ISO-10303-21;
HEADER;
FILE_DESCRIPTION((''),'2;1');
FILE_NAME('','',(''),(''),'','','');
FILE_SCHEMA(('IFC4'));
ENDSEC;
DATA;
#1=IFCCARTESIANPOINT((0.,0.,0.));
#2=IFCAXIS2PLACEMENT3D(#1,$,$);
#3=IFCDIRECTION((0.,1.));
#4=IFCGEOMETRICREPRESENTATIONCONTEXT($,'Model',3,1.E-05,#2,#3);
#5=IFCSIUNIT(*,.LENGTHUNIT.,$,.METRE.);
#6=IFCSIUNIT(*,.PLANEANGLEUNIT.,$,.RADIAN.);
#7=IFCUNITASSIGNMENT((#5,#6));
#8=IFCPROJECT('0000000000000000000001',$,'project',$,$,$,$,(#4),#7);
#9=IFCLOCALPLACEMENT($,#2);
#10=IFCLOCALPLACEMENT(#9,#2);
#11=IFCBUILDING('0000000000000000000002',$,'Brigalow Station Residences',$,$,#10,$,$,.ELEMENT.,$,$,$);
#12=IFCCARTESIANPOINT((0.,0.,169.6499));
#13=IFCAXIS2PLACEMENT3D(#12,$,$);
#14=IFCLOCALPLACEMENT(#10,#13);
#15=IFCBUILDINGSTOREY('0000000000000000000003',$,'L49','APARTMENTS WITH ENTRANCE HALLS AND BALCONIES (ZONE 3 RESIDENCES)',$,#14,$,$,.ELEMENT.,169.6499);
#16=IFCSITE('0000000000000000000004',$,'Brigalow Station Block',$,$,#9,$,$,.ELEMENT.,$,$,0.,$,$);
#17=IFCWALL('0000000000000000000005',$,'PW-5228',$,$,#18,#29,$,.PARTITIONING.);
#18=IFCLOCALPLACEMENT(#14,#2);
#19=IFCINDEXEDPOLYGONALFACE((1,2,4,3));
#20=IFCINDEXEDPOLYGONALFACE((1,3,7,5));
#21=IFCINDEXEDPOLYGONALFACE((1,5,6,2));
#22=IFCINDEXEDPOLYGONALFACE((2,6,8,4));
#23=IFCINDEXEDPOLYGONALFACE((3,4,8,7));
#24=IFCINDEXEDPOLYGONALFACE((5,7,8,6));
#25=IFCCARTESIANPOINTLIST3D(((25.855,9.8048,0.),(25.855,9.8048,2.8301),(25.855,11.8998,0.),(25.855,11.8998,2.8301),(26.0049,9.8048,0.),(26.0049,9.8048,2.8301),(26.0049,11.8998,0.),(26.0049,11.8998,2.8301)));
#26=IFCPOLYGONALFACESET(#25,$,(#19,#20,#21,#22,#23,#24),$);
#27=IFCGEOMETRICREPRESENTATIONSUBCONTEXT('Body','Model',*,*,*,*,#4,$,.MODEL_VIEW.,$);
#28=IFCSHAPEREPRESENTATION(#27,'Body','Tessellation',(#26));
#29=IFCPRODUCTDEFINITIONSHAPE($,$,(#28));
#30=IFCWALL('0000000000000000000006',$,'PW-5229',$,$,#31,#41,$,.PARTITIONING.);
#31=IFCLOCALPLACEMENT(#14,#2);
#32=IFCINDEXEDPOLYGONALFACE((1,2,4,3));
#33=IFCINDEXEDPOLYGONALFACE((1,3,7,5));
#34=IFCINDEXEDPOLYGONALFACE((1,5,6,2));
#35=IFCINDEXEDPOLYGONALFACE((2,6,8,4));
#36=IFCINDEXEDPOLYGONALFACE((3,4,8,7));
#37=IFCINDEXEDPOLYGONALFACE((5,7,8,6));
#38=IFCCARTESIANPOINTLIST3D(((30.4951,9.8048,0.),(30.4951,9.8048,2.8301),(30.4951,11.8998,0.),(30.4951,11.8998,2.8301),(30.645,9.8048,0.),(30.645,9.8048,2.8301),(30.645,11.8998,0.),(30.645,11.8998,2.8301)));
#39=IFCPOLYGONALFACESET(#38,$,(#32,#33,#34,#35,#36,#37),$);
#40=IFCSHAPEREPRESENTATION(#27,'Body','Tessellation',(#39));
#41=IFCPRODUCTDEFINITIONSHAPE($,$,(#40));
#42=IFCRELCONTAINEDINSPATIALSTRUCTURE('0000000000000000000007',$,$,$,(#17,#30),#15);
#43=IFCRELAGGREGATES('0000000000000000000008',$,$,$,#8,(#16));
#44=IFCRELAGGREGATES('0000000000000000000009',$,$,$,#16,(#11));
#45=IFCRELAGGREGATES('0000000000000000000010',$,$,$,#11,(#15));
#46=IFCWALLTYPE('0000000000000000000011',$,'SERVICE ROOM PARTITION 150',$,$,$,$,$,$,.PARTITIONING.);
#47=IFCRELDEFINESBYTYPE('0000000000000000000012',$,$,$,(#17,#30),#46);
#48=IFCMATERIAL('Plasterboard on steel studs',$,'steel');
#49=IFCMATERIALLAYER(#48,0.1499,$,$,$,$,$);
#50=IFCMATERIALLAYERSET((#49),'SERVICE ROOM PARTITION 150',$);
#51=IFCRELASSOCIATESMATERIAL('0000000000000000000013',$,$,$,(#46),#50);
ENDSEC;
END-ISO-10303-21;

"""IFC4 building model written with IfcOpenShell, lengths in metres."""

from ifc_helpers import new_model, si_unit, direction, frame, frame_2d, origin, place, context, subcontext, project, spatial, rectangle, extrude, material, layer, layer_set, type_object, element, save


model = new_model("IFC4")

# Units and contexts
model_context = context("Model", 3, precision=1e-05, world=origin(), true_north=direction((0.0, 1.0)))
body_context = subcontext(model_context, "Body", "Model", "MODEL_VIEW")
ifc_project = project(units=[si_unit("LENGTHUNIT", "METRE"), si_unit("PLANEANGLEUNIT", "RADIAN")], contexts=[model_context])

# Site, building, storey
site_placement = place(None, origin())
site = spatial("IfcSite", under=ifc_project, at=site_placement, Name="Brigalow Station Block", CompositionType="ELEMENT", RefElevation=0.0)
building_placement = place(site_placement, origin())
building = spatial("IfcBuilding", under=site, at=building_placement, Name="Brigalow Station Residences", CompositionType="ELEMENT")
storey_placement = place(building_placement, frame((0.0, 0.0, 169.6499)))
storey = spatial("IfcBuildingStorey", under=building, at=storey_placement, Name="L49", Description="APARTMENTS WITH ENTRANCE HALLS AND BALCONIES (ZONE 3 RESIDENCES)", CompositionType="ELEMENT", Elevation=169.6499)

# Shared definitions
ifc_material_1 = material(Name="Plasterboard on steel studs", Category="steel")
ifc_layer_1 = layer(ifc_material_1, 0.1499)
ifc_layer_set_1 = layer_set([ifc_layer_1], Name="SERVICE ROOM PARTITION 150")
wall_type_1 = type_object("IfcWallType", Name="SERVICE ROOM PARTITION 150", PredefinedType="PARTITIONING", material=ifc_layer_set_1)

# Walls
for number, where, z_axis, x_axis, name in (
    (1, (25.9299, 9.8049, 0.0), (0.0, 0.0, 1.0), (0.0, 1.0, 0.0), "PW-5228"),
    (2, (30.5701, 9.8049, 0.0), (0.0, 0.0, 1.0), (0.0, 1.0, 0.0), "PW-5229"),
):
    element("IfcWall", number, at=place(storey_placement, frame(where, z_axis=z_axis, x_axis=x_axis)), inside=storey, type_object=wall_type_1, Name=name, PredefinedType="PARTITIONING", context=body_context, shape_type="SweptSolid", body=[
        extrude(rectangle(XDim=2.095, YDim=0.1499, at=frame_2d((1.0474, 0.0))), origin(), (0.0, 0.0, 1.0), 2.8301),
    ])

save(model, "model.ifc")
